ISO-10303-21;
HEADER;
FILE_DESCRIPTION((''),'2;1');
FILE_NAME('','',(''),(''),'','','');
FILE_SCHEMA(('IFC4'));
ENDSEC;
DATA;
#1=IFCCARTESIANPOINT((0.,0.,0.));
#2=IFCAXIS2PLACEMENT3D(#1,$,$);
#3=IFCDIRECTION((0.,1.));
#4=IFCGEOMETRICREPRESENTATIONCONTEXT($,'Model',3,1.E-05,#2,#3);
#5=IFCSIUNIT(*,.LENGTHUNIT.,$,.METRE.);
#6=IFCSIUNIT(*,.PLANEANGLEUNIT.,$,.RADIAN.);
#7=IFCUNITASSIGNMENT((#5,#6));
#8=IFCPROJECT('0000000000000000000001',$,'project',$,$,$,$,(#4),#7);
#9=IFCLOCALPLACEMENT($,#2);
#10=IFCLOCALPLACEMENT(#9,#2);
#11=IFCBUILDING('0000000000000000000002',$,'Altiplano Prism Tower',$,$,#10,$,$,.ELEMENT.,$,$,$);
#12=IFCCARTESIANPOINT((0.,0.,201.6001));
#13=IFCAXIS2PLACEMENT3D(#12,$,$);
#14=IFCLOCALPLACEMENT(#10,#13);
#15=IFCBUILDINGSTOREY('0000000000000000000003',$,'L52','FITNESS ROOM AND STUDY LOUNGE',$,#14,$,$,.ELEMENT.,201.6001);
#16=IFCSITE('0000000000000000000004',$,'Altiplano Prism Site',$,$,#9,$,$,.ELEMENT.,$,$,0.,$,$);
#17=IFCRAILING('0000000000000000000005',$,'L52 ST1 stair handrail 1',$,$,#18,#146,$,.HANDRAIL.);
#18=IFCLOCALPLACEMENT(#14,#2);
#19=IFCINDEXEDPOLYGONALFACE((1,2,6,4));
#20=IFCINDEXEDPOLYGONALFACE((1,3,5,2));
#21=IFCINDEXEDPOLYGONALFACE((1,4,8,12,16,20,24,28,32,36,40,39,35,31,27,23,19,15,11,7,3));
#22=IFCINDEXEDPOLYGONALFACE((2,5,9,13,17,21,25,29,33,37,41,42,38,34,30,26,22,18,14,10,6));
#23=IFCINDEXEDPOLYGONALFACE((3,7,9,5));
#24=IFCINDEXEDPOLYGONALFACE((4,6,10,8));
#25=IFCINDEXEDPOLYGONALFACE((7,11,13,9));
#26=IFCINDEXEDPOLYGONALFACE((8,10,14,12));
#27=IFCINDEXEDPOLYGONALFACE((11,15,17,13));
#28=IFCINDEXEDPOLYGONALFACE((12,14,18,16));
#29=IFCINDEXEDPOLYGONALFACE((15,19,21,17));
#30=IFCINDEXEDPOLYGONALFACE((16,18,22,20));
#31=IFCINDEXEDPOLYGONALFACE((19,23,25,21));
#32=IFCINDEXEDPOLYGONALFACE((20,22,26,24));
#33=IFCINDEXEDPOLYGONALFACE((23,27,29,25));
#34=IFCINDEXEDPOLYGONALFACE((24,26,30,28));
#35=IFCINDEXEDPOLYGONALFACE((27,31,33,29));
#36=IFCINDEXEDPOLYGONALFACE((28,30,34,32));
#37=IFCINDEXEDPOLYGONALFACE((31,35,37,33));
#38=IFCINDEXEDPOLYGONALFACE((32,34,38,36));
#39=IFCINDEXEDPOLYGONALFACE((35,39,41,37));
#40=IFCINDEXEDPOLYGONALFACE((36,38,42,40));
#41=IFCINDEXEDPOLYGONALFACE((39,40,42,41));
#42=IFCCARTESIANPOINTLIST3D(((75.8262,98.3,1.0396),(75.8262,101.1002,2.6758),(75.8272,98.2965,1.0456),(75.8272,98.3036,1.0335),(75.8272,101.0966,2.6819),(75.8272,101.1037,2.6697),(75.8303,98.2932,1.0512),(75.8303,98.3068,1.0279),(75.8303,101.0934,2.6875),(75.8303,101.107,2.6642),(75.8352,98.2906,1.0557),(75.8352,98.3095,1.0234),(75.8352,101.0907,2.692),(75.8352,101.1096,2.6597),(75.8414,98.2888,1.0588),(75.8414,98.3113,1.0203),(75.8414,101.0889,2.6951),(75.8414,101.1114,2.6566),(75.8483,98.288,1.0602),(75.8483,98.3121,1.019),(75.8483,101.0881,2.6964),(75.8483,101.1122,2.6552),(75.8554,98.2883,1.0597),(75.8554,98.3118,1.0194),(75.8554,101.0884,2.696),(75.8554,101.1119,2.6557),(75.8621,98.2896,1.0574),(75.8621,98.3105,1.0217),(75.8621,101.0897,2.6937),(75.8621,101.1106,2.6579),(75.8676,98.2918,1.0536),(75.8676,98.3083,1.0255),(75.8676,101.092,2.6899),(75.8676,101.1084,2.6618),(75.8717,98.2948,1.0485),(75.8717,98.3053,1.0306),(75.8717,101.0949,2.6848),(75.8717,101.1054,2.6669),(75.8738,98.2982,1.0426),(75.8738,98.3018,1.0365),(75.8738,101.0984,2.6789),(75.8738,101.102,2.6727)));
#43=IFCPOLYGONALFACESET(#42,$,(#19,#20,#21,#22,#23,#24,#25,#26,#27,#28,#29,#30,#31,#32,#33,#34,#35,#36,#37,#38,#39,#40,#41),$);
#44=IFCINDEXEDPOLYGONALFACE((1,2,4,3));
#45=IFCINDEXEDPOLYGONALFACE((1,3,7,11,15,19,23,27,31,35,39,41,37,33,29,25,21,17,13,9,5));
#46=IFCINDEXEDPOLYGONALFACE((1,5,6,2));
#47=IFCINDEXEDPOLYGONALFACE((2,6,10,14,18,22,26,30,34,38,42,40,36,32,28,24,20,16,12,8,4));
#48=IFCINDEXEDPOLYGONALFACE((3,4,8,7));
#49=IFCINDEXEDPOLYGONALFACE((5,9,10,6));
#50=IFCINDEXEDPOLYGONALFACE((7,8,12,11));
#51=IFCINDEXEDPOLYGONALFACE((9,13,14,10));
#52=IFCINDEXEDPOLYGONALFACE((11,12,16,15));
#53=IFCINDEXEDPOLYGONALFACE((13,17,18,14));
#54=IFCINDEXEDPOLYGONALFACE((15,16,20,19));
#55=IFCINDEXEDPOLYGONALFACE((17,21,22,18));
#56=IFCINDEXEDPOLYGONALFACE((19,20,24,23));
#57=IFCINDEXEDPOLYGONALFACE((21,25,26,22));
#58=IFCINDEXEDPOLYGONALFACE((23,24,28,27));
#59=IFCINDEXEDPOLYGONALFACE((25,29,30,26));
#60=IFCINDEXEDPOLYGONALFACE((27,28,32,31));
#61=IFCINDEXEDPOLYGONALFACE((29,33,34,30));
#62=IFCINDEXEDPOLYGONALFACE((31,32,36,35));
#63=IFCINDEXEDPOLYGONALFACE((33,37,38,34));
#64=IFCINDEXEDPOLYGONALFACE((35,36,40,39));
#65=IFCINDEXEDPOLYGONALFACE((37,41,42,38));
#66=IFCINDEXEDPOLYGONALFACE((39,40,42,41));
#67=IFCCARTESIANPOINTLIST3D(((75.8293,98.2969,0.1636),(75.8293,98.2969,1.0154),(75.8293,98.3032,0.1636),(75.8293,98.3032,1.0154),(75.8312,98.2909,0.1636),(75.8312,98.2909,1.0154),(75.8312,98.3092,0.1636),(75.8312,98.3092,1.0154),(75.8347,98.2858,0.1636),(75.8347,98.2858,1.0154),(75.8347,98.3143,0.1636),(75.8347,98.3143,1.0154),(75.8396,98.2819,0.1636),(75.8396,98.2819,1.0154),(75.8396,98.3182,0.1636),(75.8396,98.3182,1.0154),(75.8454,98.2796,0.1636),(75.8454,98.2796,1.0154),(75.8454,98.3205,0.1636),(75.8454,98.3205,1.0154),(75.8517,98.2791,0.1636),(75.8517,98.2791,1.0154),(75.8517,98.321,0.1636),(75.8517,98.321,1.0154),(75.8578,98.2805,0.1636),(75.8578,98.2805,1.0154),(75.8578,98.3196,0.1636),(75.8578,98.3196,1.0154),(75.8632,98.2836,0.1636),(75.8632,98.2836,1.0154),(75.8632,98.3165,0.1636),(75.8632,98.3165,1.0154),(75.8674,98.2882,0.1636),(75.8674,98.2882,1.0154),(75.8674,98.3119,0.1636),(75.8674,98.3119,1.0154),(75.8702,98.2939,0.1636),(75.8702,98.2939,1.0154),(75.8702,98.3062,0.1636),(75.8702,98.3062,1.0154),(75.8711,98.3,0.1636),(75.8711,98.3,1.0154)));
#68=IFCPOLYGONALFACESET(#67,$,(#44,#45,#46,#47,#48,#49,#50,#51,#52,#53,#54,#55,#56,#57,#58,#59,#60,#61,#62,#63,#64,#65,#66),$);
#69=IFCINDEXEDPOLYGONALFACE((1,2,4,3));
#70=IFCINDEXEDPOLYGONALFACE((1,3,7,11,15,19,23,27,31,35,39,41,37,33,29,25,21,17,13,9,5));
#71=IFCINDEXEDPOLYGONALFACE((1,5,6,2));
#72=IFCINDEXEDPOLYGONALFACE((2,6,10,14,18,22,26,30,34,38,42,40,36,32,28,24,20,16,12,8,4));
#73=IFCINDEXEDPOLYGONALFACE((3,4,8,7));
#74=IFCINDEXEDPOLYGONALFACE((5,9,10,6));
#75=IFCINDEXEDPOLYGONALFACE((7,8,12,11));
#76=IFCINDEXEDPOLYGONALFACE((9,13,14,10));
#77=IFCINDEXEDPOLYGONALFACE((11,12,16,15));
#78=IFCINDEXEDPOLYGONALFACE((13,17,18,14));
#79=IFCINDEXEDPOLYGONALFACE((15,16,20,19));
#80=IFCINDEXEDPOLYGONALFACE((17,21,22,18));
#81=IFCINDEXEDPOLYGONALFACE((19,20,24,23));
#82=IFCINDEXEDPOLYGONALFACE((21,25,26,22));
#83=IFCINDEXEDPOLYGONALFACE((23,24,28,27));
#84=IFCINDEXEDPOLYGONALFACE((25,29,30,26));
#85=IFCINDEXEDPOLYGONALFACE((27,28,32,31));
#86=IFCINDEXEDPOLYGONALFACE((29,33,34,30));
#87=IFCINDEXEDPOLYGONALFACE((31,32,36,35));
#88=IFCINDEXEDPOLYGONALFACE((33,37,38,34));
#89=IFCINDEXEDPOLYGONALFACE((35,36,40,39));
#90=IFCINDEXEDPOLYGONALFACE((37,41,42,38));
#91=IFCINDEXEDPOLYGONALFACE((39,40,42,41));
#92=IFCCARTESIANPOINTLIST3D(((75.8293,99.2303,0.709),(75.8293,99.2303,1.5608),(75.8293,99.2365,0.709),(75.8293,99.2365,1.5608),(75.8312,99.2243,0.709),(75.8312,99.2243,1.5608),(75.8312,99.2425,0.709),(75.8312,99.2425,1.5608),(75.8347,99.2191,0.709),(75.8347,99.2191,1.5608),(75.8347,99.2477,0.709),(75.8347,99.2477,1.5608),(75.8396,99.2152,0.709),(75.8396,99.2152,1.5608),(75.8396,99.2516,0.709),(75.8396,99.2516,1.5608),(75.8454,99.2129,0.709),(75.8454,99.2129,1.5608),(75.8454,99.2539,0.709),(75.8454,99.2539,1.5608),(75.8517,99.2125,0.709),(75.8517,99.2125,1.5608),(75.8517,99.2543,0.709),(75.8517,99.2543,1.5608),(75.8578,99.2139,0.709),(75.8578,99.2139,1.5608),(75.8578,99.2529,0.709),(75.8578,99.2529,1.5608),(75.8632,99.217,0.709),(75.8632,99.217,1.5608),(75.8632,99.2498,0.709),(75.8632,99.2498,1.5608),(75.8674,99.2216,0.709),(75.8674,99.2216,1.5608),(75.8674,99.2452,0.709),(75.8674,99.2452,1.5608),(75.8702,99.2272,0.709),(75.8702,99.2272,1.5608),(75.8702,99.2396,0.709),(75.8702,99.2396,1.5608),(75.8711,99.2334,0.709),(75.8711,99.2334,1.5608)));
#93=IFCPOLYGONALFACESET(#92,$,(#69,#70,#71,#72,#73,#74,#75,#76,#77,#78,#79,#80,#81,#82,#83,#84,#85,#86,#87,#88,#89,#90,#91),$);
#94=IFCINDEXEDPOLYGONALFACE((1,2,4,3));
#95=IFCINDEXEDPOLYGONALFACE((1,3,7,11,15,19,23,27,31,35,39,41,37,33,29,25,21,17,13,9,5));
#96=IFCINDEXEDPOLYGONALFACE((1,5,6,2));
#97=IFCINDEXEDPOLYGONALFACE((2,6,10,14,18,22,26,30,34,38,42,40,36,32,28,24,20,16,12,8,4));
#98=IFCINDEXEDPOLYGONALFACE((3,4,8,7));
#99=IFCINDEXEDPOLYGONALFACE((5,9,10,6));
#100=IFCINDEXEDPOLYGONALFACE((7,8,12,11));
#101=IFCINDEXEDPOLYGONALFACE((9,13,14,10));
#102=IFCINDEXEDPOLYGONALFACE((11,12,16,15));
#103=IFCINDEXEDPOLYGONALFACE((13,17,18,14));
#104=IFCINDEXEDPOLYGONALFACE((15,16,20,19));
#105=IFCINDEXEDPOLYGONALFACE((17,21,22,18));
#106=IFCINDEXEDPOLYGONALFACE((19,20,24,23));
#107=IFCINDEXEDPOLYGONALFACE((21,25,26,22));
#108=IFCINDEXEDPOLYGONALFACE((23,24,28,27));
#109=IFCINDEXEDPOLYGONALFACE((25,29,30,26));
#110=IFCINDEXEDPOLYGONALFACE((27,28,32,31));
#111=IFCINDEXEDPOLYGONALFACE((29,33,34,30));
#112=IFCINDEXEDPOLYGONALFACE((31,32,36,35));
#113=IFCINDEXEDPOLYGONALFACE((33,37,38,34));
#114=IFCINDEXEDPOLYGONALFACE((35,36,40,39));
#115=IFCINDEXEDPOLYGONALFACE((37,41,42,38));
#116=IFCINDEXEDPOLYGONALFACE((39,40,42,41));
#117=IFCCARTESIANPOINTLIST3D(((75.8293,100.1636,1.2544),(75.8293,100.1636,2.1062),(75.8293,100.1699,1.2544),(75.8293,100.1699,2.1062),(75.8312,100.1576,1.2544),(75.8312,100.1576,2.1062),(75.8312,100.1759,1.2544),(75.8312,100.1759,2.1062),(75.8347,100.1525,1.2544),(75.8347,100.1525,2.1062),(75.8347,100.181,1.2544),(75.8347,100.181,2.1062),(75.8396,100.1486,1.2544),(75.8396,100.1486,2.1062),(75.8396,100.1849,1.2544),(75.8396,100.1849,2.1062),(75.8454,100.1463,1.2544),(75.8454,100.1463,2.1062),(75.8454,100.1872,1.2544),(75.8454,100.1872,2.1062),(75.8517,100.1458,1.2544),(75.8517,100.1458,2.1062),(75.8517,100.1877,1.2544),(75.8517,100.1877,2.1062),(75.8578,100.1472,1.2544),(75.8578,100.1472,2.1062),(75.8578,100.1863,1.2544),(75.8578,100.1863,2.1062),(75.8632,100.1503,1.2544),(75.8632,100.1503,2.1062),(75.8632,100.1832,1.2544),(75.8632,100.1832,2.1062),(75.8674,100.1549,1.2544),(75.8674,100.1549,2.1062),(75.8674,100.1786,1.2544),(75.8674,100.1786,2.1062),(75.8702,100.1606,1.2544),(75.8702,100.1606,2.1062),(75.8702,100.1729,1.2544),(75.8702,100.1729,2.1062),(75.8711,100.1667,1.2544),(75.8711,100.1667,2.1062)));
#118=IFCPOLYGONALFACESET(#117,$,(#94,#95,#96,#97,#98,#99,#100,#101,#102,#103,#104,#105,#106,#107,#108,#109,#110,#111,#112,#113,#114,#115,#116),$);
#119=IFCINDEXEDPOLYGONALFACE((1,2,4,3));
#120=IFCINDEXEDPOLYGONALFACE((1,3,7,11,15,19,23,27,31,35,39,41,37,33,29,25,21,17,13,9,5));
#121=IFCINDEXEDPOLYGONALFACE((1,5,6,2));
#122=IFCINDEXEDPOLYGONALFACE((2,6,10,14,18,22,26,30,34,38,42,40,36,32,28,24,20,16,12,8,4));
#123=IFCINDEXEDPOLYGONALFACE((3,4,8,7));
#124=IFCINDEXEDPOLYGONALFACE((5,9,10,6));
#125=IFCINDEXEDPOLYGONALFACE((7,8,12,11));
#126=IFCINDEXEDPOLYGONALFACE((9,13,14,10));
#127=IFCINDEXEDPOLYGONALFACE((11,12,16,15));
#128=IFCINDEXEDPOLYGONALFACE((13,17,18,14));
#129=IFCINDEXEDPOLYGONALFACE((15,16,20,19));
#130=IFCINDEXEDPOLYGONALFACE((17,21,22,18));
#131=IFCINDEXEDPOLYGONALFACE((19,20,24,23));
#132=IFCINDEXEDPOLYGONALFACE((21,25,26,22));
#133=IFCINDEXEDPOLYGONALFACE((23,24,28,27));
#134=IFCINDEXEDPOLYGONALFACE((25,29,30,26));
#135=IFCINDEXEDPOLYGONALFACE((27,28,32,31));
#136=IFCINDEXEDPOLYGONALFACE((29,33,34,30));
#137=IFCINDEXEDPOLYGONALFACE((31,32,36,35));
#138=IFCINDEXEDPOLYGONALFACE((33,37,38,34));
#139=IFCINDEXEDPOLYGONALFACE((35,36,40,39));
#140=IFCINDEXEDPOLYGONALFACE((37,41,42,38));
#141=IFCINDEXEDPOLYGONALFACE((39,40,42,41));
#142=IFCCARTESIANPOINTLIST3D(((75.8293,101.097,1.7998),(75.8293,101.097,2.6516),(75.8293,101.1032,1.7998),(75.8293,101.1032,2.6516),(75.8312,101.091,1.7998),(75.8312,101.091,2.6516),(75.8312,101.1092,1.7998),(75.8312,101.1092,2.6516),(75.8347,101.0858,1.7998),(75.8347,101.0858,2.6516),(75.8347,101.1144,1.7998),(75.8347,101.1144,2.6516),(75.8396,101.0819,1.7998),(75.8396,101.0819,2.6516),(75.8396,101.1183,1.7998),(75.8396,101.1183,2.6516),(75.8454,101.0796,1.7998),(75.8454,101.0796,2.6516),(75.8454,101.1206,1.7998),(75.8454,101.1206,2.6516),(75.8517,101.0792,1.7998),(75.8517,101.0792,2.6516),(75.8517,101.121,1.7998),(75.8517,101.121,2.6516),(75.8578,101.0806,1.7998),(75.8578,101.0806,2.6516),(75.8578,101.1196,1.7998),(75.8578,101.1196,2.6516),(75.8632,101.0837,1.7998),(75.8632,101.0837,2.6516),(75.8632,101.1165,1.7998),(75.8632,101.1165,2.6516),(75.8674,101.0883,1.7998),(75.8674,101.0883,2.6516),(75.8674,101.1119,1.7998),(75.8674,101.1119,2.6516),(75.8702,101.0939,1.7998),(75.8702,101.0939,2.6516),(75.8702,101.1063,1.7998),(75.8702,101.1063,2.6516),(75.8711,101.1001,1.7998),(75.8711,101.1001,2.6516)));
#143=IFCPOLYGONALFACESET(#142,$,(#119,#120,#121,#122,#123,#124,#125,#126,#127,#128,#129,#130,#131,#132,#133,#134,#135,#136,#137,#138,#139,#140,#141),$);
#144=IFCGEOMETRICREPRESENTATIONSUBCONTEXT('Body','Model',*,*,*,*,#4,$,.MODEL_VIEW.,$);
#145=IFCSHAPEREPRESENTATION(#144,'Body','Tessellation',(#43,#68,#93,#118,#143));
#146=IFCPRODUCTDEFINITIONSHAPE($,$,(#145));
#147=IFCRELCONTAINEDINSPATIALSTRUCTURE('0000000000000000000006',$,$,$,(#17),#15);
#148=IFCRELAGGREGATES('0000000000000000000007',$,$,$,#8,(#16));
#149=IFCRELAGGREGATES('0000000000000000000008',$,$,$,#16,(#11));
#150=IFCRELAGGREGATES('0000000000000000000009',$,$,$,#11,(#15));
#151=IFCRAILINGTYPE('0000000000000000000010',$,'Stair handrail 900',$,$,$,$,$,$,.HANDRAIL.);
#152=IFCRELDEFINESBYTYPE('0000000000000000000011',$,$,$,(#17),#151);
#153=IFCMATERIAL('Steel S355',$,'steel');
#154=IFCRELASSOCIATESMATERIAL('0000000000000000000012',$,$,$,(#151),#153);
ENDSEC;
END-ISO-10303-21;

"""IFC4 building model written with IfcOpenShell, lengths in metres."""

from ifc_helpers import new_model, si_unit, direction, frame, origin, origin_2d, place, context, subcontext, project, spatial, circle, extrude, material, type_object, element, save


model = new_model("IFC4")

# Units and contexts
model_context = context("Model", 3, precision=1e-05, world=origin(), true_north=direction((0.0, 1.0)))
body_context = subcontext(model_context, "Body", "Model", "MODEL_VIEW")
ifc_project = project(units=[si_unit("LENGTHUNIT", "METRE"), si_unit("PLANEANGLEUNIT", "RADIAN")], contexts=[model_context])

# Site, building, storey
site_placement = place(None, origin())
site = spatial("IfcSite", under=ifc_project, at=site_placement, Name="Altiplano Prism Site", CompositionType="ELEMENT", RefElevation=0.0)
building_placement = place(site_placement, origin())
building = spatial("IfcBuilding", under=site, at=building_placement, Name="Altiplano Prism Tower", CompositionType="ELEMENT")
storey_placement = place(building_placement, frame((0.0, 0.0, 201.6001)))
storey = spatial("IfcBuildingStorey", under=building, at=storey_placement, Name="L52", Description="FITNESS ROOM AND STUDY LOUNGE", CompositionType="ELEMENT", Elevation=201.6001)

# Railing
ifc_material_1 = material(Name="Steel S355", Category="steel")
railing_type_1 = type_object("IfcRailingType", Name="Stair handrail 900", PredefinedType="HANDRAIL", material=ifc_material_1)
railing_1_placement = place(storey_placement, frame((75.8501, 98.3, 0.1636)))
element("IfcRailing", 1, at=railing_1_placement, inside=storey, type_object=railing_type_1, Name="L52 ST1 stair handrail 1", PredefinedType="HANDRAIL", context=body_context, shape_type="SweptSolid", body=[
    extrude(circle(Radius=0.0239, at=origin_2d()), frame((0.0, 0.0, 0.876), z_axis=(0.0, 0.863394, 0.504531), x_axis=(-1.0, 0.0, 0.0)), (0.0, 0.0, 1.0), 3.2432),
    extrude(circle(Radius=0.021, at=origin_2d()), origin(), (0.0, 0.0, 1.0), 0.8518),
    extrude(circle(Radius=0.021, at=origin_2d()), frame((0.0, 0.9333, 0.5454)), (0.0, 0.0, 1.0), 0.8518),
    extrude(circle(Radius=0.021, at=origin_2d()), frame((0.0, 1.8667, 1.0908)), (0.0, 0.0, 1.0), 0.8518),
    extrude(circle(Radius=0.021, at=origin_2d()), frame((0.0, 2.8, 1.6362)), (0.0, 0.0, 1.0), 0.8518),
])

save(model, "model.ifc")
